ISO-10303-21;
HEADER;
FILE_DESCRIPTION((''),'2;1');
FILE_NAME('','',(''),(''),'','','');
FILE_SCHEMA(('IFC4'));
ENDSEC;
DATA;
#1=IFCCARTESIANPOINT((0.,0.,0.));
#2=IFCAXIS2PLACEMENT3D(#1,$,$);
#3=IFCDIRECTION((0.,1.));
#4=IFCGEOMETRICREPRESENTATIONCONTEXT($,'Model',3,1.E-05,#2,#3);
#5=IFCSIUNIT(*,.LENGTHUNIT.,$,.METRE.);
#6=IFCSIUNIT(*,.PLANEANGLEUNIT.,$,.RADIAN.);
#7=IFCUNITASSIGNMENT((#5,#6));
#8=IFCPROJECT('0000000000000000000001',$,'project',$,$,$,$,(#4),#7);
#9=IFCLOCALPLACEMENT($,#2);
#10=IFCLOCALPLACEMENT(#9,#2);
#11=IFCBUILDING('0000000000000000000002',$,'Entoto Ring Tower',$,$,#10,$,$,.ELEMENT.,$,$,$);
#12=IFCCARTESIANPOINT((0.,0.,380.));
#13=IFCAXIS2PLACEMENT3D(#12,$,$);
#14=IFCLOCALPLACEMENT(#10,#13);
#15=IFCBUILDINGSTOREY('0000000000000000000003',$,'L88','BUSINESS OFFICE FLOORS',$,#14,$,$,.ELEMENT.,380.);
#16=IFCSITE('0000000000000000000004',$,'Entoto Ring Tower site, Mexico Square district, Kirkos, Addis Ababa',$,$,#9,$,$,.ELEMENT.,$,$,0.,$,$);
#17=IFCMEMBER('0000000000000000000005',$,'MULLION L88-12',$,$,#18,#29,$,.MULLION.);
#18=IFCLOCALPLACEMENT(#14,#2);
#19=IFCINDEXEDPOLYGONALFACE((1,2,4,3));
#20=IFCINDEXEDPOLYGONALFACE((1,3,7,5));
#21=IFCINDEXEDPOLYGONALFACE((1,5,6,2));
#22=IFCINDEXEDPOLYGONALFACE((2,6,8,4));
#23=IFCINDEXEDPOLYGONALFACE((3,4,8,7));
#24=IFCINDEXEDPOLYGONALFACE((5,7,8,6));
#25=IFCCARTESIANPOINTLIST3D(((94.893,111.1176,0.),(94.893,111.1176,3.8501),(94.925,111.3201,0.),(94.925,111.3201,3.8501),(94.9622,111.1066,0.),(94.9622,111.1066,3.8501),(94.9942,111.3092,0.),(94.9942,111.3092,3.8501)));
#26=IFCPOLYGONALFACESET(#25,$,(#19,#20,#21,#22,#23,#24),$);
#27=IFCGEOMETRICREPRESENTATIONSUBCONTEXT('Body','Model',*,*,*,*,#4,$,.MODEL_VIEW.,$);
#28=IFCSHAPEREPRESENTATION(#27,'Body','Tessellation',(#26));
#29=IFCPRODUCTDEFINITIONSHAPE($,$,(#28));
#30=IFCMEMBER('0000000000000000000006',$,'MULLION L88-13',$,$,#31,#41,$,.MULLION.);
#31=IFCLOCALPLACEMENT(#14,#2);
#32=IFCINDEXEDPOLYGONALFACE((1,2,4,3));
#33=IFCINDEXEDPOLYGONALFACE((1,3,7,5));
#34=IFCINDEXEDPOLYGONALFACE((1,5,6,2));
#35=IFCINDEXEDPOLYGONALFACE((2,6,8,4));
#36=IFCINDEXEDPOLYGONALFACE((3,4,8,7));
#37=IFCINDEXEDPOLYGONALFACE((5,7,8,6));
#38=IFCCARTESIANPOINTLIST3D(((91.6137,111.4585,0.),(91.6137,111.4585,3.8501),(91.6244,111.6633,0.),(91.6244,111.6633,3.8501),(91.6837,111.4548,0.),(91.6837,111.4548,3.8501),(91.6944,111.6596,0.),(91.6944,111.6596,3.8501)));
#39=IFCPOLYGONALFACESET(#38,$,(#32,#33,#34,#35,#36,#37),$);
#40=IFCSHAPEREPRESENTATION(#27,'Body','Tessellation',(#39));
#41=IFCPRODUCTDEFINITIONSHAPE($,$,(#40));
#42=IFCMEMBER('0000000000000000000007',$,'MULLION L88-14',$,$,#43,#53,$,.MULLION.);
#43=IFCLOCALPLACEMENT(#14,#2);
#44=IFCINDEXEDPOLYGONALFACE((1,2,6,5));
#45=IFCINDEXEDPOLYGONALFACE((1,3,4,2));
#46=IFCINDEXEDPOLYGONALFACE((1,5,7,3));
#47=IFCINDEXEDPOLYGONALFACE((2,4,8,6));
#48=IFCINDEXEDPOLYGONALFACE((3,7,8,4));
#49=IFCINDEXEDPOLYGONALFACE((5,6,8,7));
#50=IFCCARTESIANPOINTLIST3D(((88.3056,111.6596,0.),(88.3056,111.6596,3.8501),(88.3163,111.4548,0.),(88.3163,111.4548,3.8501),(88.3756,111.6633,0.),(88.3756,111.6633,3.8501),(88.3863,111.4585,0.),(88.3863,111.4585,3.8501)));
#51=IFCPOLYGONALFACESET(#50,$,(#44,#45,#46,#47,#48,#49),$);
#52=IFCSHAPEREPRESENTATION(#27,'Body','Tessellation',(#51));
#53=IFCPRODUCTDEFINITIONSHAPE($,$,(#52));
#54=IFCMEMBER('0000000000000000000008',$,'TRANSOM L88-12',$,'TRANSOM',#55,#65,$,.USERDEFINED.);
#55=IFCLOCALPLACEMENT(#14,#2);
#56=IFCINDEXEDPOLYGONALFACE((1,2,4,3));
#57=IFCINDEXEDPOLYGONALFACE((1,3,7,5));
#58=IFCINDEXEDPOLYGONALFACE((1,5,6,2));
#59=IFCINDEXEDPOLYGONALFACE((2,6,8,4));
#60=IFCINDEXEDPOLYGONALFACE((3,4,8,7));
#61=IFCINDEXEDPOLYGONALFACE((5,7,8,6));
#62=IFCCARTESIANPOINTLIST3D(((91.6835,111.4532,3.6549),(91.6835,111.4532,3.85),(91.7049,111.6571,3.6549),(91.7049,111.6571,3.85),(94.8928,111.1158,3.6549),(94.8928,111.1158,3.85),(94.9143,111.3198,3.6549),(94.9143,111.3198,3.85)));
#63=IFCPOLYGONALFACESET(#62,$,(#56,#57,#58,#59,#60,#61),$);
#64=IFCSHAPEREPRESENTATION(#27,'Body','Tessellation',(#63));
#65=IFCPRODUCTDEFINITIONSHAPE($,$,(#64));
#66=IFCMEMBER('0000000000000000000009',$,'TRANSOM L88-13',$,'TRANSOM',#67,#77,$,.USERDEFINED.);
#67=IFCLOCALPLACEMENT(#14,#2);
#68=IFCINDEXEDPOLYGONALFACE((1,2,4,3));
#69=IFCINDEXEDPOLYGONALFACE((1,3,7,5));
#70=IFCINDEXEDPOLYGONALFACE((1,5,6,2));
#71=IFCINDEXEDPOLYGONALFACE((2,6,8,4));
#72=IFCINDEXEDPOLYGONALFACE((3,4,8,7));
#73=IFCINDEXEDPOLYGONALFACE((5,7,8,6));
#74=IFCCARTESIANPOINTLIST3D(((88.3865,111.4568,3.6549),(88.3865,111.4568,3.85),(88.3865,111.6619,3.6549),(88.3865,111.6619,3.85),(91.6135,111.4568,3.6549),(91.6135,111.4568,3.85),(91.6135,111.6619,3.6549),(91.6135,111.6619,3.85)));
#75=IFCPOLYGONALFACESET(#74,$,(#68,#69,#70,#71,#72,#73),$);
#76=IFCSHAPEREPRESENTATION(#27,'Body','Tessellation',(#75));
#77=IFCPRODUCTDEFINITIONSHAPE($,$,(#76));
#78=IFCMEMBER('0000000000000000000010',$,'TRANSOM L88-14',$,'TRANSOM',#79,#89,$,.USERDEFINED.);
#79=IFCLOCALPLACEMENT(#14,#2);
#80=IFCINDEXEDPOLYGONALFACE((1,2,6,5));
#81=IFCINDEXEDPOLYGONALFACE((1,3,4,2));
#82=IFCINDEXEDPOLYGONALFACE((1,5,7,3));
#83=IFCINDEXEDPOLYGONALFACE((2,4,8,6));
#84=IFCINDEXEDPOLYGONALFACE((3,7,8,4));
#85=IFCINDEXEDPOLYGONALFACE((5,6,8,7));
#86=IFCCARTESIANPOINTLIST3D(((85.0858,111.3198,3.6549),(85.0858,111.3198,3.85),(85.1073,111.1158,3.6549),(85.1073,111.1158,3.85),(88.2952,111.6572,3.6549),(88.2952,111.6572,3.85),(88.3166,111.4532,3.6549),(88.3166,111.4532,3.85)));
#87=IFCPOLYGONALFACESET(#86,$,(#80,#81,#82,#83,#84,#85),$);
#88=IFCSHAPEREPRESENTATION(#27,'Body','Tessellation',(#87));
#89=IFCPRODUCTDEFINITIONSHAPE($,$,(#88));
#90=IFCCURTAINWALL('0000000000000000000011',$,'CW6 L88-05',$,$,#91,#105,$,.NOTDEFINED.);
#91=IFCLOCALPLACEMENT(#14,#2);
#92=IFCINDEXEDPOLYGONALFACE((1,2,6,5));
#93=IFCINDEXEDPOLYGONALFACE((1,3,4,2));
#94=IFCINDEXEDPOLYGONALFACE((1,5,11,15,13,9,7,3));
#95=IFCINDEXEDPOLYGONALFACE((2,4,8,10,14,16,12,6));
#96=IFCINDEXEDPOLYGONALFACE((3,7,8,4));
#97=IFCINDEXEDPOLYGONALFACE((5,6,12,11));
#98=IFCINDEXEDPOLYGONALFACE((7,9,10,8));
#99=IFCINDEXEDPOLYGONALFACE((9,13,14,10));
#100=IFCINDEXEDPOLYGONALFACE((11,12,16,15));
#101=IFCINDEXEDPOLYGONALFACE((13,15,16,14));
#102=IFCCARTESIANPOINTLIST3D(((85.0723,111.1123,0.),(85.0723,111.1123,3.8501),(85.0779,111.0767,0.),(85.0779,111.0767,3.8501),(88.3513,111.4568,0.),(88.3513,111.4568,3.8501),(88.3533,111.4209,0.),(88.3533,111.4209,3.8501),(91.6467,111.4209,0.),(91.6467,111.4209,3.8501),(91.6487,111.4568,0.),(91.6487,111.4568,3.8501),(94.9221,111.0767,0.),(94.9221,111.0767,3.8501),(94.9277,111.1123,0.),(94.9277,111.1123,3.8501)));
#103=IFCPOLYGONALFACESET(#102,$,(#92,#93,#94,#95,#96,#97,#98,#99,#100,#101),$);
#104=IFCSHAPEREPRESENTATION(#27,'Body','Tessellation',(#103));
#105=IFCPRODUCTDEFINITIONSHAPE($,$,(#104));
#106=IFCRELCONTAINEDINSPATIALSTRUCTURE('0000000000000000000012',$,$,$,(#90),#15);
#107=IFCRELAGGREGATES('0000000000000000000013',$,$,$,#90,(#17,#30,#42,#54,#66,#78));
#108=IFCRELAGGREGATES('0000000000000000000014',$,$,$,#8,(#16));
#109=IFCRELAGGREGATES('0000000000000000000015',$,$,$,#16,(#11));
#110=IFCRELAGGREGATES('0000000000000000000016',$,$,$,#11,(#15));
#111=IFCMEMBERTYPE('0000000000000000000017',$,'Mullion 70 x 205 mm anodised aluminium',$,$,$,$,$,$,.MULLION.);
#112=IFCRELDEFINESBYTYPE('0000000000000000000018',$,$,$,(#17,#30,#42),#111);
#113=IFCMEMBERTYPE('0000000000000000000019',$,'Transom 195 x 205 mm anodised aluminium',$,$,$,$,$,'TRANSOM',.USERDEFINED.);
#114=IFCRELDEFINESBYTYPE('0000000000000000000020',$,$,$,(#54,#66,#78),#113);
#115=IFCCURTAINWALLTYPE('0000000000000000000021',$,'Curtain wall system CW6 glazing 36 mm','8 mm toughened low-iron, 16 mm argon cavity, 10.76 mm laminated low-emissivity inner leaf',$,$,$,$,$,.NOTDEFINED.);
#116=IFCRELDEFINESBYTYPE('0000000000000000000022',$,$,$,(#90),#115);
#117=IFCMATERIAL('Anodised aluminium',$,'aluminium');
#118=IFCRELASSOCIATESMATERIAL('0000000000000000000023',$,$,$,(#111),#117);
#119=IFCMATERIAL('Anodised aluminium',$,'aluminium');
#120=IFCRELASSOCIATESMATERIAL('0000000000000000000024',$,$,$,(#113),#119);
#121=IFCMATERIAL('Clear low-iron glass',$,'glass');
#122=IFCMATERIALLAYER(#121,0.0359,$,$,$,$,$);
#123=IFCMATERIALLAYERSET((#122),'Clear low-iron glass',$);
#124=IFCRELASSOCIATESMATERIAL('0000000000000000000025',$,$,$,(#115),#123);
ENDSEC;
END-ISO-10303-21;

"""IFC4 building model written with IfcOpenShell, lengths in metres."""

from ifc_helpers import new_model, si_unit, direction, frame, origin, origin_2d, place, context, subcontext, project, spatial, polyline, rectangle, outline, extrude, material, layer, layer_set, material_profile, profile_set, type_object, element, aggregate, save


model = new_model("IFC4")

# Units and contexts
model_context = context("Model", 3, precision=1e-05, world=origin(), true_north=direction((0.0, 1.0)))
body_context = subcontext(model_context, "Body", "Model", "MODEL_VIEW")
ifc_project = project(units=[si_unit("LENGTHUNIT", "METRE"), si_unit("PLANEANGLEUNIT", "RADIAN")], contexts=[model_context])

# Members
ifc_material_1 = material(Name="Anodised aluminium", Category="aluminium")
ifc_material_profile_1 = material_profile(ifc_material_1, rectangle(XDim=0.0701, YDim=0.2051, at=origin_2d()), Name="Mullion 70 x 205 mm anodised aluminium")
ifc_profile_set_1 = profile_set([ifc_material_profile_1], Name="Anodised aluminium")
member_type_1 = type_object("IfcMemberType", Name="Mullion 70 x 205 mm anodised aluminium", PredefinedType="MULLION", material=ifc_profile_set_1)
site_placement = place(None, origin())
building_placement = place(site_placement, origin())
storey_placement = place(building_placement, frame((0.0, 0.0, 380.0)))
member_1_placement = place(storey_placement, frame((94.9436, 111.2134, 0.0), z_axis=(0.0, 0.0, 1.0), x_axis=(-0.987688, 0.156434, 0.0)))
member_1 = element("IfcMember", 1, at=member_1_placement, type_object=member_type_1, Name="MULLION L88-12", PredefinedType="MULLION", context=body_context, shape_type="SweptSolid", body=[
    extrude(rectangle(XDim=0.0701, YDim=0.2051, at=origin_2d()), origin(), (0.0, 0.0, 1.0), 3.8501),
])
member_2_placement = place(storey_placement, frame((91.6541, 111.5591, 0.0), z_axis=(0.0, 0.0, 1.0), x_axis=(-0.99863, 0.052336, 0.0)))
member_2 = element("IfcMember", 2, at=member_2_placement, type_object=member_type_1, Name="MULLION L88-13", PredefinedType="MULLION", context=body_context, shape_type="SweptSolid", body=[
    extrude(rectangle(XDim=0.0701, YDim=0.2051, at=origin_2d()), origin(), (0.0, 0.0, 1.0), 3.8501),
])
member_3_placement = place(storey_placement, frame((88.3459, 111.5591, 0.0), z_axis=(0.0, 0.0, 1.0), x_axis=(-0.99863, -0.052336, 0.0)))
member_3 = element("IfcMember", 3, at=member_3_placement, type_object=member_type_1, Name="MULLION L88-14", PredefinedType="MULLION", context=body_context, shape_type="SweptSolid", body=[
    extrude(rectangle(XDim=0.0701, YDim=0.2051, at=origin_2d()), origin(), (0.0, 0.0, 1.0), 3.8501),
])
ifc_material_2 = material(Name="Anodised aluminium", Category="aluminium")
ifc_material_profile_2 = material_profile(ifc_material_2, rectangle(XDim=0.2051, YDim=0.1951, at=origin_2d()), Name="Transom 195 x 205 mm anodised aluminium")
ifc_profile_set_2 = profile_set([ifc_material_profile_2], Name="Anodised aluminium")
member_type_2 = type_object("IfcMemberType", Name="Transom 195 x 205 mm anodised aluminium", ElementType="TRANSOM", PredefinedType="USERDEFINED", material=ifc_profile_set_2)
member_4_placement = place(storey_placement, frame((94.9036, 111.2178, 3.7524), z_axis=(-0.99452, 0.104551, 0.0), x_axis=(-0.104551, -0.99452, 0.0)))
member_4 = element("IfcMember", 4, at=member_4_placement, type_object=member_type_2, Name="TRANSOM L88-12", ObjectType="TRANSOM", PredefinedType="USERDEFINED", context=body_context, shape_type="SweptSolid", body=[
    extrude(rectangle(XDim=0.2051, YDim=0.1951, at=origin_2d()), origin(), (0.0, 0.0, 1.0), 3.2271),
])
member_5_placement = place(storey_placement, frame((91.6135, 111.5593, 3.7524), z_axis=(-1.0, 0.0, 0.0), x_axis=(0.0, -1.0, 0.0)))
member_5 = element("IfcMember", 5, at=member_5_placement, type_object=member_type_2, Name="TRANSOM L88-13", ObjectType="TRANSOM", PredefinedType="USERDEFINED", context=body_context, shape_type="SweptSolid", body=[
    extrude(rectangle(XDim=0.2051, YDim=0.1951, at=origin_2d()), origin(), (0.0, 0.0, 1.0), 3.2271),
])
member_6_placement = place(storey_placement, frame((88.3059, 111.5552, 3.7524), z_axis=(-0.99452, -0.104551, 0.0), x_axis=(0.104551, -0.99452, 0.0)))
member_6 = element("IfcMember", 6, at=member_6_placement, type_object=member_type_2, Name="TRANSOM L88-14", ObjectType="TRANSOM", PredefinedType="USERDEFINED", context=body_context, shape_type="SweptSolid", body=[
    extrude(rectangle(XDim=0.2051, YDim=0.1951, at=origin_2d()), origin(), (0.0, 0.0, 1.0), 3.2271),
])

# Site, building, storey
site = spatial("IfcSite", under=ifc_project, at=site_placement, Name="Entoto Ring Tower site, Mexico Square district, Kirkos, Addis Ababa", CompositionType="ELEMENT", RefElevation=0.0)
building = spatial("IfcBuilding", under=site, at=building_placement, Name="Entoto Ring Tower", CompositionType="ELEMENT")
storey = spatial("IfcBuildingStorey", under=building, at=storey_placement, Name="L88", Description="BUSINESS OFFICE FLOORS", CompositionType="ELEMENT", Elevation=380.0)

# Curtain wall
ifc_material_3 = material(Name="Clear low-iron glass", Category="glass")
ifc_layer = layer(ifc_material_3, 0.0359)
ifc_layer_set = layer_set([ifc_layer], Name="Clear low-iron glass")
curtain_wall_type = type_object("IfcCurtainWallType", Name="Curtain wall system CW6 glazing 36 mm", Description="8 mm toughened low-iron, 16 mm argon cavity, 10.76 mm laminated low-emissivity inner leaf", PredefinedType="NOTDEFINED", material=ifc_layer_set)
curtain_wall_1_placement = place(storey_placement, origin())
curtain_wall_1 = element("IfcCurtainWall", 7, at=curtain_wall_1_placement, inside=storey, type_object=curtain_wall_type, Name="CW6 L88-05", PredefinedType="NOTDEFINED", context=body_context, shape_type="SweptSolid", body=[
    extrude(outline(polyline([(94.9277, 111.1123), (91.6487, 111.4568), (88.3513, 111.4568), (85.0723, 111.1123), (85.0779, 111.0767), (88.3533, 111.4209), (91.6467, 111.4209), (94.9221, 111.0767), (94.9277, 111.1123)])), origin(), (0.0, 0.0, 1.0), 3.8501),
])
aggregate(curtain_wall_1, [member_1, member_2, member_3, member_4, member_5, member_6])

save(model, "model.ifc")
